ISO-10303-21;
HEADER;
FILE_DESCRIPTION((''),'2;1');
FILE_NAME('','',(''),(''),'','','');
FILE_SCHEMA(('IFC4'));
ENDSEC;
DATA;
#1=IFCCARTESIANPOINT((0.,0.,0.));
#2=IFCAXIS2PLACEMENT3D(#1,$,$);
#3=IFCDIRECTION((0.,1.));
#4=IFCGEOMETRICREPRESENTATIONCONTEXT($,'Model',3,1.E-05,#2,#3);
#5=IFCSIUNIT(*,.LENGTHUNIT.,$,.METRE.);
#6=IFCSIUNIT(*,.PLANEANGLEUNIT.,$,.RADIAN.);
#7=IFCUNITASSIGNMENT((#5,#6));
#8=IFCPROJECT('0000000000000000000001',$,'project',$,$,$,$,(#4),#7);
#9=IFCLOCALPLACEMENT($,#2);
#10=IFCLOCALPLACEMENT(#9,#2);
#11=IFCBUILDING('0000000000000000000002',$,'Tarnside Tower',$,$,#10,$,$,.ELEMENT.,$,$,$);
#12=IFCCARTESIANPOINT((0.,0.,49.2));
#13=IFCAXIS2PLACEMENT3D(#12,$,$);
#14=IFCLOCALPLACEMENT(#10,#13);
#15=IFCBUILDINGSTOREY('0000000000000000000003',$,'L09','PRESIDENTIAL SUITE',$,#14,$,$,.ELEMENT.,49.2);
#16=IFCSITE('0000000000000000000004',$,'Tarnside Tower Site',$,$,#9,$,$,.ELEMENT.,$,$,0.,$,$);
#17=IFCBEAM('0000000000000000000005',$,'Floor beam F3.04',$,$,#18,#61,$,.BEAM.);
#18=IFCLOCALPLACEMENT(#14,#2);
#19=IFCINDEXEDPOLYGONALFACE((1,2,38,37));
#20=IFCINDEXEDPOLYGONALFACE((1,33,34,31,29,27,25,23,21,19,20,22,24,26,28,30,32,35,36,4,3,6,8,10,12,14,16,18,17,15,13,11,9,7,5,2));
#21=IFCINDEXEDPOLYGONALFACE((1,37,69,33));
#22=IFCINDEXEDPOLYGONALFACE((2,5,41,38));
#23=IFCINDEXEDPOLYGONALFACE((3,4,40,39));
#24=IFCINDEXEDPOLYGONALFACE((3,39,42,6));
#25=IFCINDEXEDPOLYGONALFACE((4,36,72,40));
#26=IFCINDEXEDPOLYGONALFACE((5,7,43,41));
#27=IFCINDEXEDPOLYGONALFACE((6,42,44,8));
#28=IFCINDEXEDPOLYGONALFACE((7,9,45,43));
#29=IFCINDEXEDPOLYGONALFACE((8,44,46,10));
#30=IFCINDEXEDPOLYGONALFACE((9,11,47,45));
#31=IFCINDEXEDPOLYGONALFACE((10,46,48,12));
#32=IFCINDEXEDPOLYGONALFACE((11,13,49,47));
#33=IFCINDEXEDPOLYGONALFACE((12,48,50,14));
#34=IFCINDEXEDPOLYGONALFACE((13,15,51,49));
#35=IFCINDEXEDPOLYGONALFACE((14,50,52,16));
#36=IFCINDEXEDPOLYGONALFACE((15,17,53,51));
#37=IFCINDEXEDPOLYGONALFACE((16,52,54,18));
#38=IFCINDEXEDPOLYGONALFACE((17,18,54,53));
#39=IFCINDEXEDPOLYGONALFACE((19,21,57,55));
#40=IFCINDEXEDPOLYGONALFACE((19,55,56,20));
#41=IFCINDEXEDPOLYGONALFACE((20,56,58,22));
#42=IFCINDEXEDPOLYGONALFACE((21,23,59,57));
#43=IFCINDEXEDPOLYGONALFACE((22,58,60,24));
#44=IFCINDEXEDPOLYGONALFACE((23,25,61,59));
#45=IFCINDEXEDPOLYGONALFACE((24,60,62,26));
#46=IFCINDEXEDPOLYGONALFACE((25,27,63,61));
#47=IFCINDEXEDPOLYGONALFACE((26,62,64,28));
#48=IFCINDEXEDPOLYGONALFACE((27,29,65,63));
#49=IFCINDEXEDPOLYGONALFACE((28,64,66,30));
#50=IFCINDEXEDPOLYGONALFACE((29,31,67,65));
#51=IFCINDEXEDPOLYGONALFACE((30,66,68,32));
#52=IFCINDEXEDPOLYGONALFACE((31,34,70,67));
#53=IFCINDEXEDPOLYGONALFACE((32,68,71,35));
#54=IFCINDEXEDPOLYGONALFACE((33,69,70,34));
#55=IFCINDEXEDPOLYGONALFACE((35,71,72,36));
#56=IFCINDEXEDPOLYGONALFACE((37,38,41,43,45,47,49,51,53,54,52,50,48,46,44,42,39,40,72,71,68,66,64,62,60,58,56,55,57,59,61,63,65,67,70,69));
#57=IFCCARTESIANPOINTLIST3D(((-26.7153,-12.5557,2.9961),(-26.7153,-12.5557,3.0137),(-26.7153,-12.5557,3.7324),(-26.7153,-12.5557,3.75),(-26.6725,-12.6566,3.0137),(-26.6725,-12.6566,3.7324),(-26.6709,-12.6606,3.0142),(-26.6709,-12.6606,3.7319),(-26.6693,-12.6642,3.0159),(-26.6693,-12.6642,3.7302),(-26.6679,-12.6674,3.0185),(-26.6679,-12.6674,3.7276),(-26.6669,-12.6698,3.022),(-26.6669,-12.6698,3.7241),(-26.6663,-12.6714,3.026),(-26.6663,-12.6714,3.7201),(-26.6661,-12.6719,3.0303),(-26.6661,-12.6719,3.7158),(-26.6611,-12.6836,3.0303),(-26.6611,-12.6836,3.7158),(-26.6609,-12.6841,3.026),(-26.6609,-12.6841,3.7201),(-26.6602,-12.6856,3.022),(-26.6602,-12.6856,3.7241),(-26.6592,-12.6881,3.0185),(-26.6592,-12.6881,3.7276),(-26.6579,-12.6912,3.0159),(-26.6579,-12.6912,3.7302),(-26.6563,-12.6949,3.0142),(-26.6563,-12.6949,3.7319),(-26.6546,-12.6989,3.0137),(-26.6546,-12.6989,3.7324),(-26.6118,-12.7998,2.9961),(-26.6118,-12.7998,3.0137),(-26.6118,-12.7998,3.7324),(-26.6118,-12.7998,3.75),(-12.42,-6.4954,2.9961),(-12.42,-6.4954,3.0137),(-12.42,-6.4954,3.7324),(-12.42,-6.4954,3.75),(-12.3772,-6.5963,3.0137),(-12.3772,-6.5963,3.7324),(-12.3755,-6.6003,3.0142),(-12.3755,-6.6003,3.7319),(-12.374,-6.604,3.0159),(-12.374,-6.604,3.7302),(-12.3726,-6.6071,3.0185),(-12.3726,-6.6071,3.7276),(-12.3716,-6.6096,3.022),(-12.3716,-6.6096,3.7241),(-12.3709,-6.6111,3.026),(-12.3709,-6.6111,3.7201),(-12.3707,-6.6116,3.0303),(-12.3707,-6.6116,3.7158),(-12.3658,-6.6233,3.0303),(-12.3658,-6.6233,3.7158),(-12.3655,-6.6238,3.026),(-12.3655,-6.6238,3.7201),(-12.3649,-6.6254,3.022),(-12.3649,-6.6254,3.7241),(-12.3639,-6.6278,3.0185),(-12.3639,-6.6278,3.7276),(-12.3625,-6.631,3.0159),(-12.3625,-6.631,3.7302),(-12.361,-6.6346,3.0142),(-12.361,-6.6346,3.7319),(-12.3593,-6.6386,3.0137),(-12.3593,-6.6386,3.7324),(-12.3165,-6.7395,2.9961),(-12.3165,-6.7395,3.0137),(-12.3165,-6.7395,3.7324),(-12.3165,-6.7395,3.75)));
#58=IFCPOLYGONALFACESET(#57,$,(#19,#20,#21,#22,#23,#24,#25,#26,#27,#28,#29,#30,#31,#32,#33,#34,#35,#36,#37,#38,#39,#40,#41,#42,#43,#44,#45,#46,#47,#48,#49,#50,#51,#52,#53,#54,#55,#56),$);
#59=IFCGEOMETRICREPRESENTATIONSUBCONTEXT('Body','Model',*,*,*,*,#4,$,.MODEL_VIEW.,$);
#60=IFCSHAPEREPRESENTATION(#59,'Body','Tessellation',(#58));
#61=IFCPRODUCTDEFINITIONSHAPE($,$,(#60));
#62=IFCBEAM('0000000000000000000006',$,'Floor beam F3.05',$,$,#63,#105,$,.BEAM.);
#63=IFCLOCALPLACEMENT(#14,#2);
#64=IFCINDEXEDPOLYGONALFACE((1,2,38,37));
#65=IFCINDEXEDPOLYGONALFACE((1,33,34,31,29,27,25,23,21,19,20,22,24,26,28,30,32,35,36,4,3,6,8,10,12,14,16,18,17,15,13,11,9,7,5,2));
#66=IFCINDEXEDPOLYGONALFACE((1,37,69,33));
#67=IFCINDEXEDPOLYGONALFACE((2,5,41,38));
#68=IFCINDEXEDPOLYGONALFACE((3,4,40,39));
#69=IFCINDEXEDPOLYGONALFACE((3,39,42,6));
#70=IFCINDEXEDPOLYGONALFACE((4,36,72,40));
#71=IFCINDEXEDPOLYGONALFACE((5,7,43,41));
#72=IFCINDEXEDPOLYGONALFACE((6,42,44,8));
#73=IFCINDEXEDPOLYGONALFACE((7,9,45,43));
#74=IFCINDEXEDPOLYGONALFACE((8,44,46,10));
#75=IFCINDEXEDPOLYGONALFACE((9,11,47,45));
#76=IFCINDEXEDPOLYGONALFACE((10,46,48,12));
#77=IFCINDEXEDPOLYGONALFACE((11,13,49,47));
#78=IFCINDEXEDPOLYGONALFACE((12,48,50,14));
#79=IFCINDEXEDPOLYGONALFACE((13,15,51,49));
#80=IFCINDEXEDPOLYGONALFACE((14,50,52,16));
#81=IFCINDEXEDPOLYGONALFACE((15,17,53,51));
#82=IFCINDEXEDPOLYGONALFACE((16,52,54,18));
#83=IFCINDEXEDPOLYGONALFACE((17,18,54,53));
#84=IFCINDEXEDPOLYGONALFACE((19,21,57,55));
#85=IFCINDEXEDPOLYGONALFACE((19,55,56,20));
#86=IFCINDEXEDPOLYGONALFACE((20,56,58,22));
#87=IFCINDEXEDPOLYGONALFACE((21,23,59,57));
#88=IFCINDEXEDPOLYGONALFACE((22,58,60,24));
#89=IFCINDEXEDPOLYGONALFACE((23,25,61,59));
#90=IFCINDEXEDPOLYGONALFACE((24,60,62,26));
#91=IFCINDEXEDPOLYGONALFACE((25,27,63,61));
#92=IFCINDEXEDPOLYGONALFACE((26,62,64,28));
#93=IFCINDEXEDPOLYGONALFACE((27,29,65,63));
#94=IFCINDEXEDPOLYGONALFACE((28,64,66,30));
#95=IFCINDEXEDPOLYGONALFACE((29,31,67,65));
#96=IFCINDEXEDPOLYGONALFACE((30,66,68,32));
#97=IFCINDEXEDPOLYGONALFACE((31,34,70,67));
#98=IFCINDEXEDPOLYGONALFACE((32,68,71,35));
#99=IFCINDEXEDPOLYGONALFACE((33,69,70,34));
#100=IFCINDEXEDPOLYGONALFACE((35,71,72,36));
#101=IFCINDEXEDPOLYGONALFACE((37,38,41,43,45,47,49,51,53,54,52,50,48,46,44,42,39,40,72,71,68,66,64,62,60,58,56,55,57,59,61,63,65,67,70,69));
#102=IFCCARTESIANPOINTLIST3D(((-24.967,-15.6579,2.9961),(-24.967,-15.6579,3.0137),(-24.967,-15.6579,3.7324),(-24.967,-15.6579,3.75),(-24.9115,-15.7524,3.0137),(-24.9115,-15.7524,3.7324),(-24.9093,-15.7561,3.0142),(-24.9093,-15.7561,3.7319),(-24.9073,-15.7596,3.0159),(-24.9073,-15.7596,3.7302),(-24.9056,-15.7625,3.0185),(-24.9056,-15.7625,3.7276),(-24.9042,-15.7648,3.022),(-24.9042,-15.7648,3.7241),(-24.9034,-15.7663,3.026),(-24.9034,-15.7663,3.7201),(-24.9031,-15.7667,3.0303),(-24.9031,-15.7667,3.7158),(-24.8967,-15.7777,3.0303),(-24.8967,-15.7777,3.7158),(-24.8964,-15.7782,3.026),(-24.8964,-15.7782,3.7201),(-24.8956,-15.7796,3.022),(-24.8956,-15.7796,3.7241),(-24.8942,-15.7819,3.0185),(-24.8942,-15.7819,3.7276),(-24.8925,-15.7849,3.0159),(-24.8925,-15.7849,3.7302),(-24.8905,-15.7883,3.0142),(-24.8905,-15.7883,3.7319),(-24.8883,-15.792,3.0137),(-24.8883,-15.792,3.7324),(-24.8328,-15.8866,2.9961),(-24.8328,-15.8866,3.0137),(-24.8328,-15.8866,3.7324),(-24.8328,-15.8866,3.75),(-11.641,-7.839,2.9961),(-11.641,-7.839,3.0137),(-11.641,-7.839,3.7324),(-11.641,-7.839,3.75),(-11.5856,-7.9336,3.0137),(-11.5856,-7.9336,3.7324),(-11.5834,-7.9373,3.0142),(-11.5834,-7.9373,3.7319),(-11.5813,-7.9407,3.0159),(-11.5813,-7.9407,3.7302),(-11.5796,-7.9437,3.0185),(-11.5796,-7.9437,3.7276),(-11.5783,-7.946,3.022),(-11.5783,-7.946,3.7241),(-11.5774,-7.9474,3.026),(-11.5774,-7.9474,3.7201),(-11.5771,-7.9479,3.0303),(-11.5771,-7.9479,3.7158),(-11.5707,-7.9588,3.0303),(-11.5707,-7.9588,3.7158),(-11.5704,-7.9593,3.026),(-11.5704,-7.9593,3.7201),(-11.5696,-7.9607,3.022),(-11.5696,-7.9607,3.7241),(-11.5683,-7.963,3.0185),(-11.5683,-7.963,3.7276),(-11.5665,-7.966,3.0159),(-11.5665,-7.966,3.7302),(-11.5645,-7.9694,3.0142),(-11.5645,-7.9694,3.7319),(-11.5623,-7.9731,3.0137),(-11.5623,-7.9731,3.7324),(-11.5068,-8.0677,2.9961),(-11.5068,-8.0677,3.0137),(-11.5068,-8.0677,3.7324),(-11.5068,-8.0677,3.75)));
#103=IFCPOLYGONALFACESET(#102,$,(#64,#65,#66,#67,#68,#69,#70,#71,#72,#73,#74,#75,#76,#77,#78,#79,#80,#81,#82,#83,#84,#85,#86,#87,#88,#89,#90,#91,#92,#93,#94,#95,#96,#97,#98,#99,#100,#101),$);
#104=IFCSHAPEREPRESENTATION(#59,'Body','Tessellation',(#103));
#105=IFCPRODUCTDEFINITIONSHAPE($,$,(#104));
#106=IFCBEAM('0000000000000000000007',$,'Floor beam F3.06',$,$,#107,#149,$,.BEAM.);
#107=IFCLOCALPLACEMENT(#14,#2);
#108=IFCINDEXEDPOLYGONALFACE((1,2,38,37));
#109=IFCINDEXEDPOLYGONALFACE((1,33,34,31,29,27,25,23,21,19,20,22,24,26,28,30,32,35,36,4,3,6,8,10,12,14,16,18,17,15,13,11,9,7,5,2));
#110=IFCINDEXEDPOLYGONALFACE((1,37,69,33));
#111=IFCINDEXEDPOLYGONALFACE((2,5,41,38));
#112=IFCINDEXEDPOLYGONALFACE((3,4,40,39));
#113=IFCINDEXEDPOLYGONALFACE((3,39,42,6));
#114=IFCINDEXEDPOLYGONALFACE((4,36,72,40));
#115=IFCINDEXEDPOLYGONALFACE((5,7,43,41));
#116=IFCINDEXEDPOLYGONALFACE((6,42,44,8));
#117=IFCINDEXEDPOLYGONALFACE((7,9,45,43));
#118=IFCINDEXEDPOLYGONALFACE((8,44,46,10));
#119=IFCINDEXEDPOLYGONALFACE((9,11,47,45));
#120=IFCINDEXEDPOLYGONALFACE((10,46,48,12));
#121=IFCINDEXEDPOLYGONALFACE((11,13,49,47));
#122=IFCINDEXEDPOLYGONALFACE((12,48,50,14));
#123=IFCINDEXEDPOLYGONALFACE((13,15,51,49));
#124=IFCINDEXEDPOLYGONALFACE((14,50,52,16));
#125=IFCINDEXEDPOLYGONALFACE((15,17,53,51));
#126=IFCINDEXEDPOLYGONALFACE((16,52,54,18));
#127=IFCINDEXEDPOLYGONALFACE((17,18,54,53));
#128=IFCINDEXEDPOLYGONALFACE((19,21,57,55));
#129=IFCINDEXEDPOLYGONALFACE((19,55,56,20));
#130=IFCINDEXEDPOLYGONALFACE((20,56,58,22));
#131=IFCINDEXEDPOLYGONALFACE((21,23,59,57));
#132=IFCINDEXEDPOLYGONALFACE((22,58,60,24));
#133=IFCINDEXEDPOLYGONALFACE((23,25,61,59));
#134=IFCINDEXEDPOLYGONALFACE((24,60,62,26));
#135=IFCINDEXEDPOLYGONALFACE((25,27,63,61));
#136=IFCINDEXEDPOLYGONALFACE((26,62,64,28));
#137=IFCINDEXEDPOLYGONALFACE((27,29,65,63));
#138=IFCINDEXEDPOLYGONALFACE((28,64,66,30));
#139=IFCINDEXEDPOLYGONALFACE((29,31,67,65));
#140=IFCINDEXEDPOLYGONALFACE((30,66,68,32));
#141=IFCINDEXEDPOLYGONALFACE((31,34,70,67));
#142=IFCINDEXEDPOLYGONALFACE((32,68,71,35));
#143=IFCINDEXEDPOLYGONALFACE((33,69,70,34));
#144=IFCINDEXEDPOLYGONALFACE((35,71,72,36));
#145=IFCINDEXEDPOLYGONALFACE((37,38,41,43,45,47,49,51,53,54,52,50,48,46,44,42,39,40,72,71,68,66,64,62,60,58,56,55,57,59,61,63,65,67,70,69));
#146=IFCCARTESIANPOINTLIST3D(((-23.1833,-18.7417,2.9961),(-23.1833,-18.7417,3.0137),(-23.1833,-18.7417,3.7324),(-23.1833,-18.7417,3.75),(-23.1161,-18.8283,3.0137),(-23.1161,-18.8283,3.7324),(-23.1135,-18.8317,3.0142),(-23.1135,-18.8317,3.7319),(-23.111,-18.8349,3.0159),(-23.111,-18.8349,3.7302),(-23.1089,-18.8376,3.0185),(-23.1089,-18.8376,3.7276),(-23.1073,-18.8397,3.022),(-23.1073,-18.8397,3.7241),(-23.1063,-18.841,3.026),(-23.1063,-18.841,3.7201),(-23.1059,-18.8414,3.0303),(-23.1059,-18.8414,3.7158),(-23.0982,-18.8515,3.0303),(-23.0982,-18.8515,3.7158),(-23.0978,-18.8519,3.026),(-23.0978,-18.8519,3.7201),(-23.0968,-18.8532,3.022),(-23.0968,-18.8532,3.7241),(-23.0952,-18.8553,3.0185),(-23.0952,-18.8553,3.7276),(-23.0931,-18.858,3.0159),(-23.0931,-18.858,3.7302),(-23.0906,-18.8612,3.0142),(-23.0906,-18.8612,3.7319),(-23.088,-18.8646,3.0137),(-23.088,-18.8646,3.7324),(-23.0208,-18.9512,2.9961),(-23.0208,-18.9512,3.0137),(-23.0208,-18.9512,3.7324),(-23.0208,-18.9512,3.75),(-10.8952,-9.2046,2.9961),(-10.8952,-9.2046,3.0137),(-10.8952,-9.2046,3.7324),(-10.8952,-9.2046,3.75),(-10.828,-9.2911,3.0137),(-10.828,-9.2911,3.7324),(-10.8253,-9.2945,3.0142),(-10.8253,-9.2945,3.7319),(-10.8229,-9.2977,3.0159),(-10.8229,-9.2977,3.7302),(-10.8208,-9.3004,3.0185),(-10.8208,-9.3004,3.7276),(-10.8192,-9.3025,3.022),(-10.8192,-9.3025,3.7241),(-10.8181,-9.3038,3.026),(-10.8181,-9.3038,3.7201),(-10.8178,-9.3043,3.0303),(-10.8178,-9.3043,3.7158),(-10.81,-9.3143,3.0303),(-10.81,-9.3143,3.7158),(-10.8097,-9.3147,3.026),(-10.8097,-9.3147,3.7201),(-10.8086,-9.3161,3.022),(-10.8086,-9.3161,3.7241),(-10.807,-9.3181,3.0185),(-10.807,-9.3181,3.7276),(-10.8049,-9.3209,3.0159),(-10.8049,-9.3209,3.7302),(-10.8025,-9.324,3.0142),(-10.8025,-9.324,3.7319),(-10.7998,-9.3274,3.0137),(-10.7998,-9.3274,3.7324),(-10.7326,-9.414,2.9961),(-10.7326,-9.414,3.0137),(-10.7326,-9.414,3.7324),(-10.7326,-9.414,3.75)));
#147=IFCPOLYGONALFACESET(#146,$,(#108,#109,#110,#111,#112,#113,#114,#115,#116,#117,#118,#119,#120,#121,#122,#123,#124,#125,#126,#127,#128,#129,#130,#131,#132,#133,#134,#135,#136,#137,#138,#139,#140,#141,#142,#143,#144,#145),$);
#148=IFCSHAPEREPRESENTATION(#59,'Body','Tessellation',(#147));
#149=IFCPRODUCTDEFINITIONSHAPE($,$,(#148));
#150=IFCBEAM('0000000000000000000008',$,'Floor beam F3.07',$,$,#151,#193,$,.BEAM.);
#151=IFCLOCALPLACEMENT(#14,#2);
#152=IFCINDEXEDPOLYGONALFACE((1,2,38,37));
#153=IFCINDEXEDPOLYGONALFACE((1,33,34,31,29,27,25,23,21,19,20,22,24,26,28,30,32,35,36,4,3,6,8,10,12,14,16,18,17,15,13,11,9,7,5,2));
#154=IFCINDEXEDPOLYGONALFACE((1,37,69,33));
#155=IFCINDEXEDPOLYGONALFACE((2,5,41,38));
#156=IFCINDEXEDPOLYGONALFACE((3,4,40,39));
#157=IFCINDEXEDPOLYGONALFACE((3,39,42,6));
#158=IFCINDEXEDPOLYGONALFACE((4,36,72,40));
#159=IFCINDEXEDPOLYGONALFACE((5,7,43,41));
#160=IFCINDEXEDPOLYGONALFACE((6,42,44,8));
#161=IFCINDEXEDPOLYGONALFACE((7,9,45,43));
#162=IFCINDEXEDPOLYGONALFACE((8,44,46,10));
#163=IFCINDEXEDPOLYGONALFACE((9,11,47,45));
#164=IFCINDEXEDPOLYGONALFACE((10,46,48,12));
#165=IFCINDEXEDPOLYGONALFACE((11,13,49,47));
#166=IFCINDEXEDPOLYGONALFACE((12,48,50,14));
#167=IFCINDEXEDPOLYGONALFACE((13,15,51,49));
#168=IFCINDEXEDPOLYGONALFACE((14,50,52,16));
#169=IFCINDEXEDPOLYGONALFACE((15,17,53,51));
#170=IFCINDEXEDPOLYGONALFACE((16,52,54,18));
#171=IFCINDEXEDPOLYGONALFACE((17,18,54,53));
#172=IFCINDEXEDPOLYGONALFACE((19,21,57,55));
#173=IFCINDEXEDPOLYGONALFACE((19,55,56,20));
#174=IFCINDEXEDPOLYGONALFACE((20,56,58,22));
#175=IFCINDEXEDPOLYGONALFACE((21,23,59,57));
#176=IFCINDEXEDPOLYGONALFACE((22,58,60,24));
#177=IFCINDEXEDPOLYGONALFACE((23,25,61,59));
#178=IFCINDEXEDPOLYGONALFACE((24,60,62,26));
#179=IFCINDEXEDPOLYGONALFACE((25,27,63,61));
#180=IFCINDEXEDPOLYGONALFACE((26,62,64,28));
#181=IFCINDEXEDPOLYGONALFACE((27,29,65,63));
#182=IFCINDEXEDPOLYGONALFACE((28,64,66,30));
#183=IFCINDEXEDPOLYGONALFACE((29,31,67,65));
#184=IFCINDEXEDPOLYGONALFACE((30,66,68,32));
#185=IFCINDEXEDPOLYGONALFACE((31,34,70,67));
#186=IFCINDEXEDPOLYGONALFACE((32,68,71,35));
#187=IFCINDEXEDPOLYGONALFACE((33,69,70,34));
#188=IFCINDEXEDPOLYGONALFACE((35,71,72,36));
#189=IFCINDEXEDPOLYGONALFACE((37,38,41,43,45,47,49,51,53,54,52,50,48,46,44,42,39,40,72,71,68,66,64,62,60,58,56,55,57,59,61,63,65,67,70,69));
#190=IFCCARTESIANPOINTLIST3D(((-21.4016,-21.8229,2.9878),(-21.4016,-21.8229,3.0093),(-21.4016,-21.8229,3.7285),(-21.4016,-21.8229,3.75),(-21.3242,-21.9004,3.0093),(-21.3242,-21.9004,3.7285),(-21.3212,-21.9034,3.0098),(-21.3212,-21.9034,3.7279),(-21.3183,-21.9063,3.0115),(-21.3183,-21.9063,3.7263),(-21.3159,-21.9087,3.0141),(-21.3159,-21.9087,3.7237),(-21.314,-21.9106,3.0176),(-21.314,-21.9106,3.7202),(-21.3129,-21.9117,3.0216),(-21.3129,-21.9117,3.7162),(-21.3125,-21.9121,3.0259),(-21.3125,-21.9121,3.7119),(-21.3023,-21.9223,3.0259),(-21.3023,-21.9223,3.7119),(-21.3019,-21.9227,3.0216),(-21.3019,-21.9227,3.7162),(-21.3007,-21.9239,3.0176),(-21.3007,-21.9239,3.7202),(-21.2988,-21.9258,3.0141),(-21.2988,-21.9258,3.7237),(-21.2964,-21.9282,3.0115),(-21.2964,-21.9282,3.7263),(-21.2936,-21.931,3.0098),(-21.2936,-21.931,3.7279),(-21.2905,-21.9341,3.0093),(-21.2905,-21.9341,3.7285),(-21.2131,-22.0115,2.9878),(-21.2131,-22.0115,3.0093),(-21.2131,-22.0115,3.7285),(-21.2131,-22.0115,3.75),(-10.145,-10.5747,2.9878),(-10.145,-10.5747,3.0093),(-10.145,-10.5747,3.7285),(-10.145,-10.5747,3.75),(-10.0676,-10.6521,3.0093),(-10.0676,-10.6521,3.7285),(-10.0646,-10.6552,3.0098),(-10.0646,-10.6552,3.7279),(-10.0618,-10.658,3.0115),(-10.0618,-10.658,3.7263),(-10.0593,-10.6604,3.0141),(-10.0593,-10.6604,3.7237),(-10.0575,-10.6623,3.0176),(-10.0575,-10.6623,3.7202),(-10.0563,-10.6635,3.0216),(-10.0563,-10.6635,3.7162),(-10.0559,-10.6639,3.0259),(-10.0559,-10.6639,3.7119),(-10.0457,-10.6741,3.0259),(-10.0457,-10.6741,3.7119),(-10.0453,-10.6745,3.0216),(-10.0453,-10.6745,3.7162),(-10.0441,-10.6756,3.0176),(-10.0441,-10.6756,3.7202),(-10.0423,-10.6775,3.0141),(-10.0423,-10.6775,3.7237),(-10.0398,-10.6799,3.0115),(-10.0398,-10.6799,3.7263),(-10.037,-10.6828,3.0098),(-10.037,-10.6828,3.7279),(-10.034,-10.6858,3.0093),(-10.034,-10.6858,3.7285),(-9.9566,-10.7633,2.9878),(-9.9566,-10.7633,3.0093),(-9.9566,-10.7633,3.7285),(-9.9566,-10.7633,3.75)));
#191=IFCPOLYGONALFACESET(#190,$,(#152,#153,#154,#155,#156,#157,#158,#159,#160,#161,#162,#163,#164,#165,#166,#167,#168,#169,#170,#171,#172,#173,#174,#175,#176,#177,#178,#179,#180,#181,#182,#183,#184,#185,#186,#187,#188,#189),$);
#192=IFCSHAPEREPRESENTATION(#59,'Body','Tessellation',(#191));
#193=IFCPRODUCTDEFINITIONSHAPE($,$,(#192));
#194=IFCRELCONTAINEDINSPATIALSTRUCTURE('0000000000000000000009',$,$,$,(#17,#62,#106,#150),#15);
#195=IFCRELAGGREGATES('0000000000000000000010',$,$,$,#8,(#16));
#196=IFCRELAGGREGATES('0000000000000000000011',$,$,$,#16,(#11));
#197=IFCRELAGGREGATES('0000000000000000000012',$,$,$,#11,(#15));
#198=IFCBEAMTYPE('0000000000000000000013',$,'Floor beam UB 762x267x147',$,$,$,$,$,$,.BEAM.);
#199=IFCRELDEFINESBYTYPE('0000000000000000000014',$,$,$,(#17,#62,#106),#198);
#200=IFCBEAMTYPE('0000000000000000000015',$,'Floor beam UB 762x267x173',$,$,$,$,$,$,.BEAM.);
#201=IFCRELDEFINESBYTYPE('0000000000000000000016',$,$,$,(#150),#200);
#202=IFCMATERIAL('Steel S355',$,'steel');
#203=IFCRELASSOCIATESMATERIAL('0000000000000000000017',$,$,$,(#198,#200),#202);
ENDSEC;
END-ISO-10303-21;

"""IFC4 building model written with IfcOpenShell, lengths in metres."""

from ifc_helpers import new_model, si_unit, direction, frame, origin, origin_2d, place, context, subcontext, project, spatial, i_section, extrude, material, material_profile, profile_set, type_object, element, save


model = new_model("IFC4")

# Units and contexts
model_context = context("Model", 3, precision=1e-05, world=origin(), true_north=direction((0.0, 1.0)))
body_context = subcontext(model_context, "Body", "Model", "MODEL_VIEW")
ifc_project = project(units=[si_unit("LENGTHUNIT", "METRE"), si_unit("PLANEANGLEUNIT", "RADIAN")], contexts=[model_context])

# Site, building, storey
site_placement = place(None, origin())
site = spatial("IfcSite", under=ifc_project, at=site_placement, Name="Tarnside Tower Site", CompositionType="ELEMENT", RefElevation=0.0)
building_placement = place(site_placement, origin())
building = spatial("IfcBuilding", under=site, at=building_placement, Name="Tarnside Tower", CompositionType="ELEMENT")
storey_placement = place(building_placement, frame((0.0, 0.0, 49.2)))
storey = spatial("IfcBuildingStorey", under=building, at=storey_placement, Name="L09", Description="PRESIDENTIAL SUITE", CompositionType="ELEMENT", Elevation=49.2)

# Beams
ifc_material_1 = material(Name="Steel S355", Category="steel")
ifc_material_profile_1 = material_profile(ifc_material_1, i_section(OverallWidth=0.2651, OverallDepth=0.7539, WebThickness=0.0127, FlangeThickness=0.0176, FilletRadius=0.0166, at=origin_2d()), Name="UB 762x267x147")
ifc_profile_set_1 = profile_set([ifc_material_profile_1], Name="Steel S355")
beam_type_1 = type_object("IfcBeamType", Name="Floor beam UB 762x267x147", PredefinedType="BEAM", material=ifc_profile_set_1)
beam_1_placement = place(storey_placement, frame((-26.6636, -12.6777, 3.373), z_axis=(0.920684, 0.390309, 0.0), x_axis=(-0.390309, 0.920684, 0.0)))
element("IfcBeam", 1, at=beam_1_placement, inside=storey, type_object=beam_type_1, Name="Floor beam F3.04", PredefinedType="BEAM", context=body_context, shape_type="SweptSolid", body=[
    extrude(i_section(OverallWidth=0.2651, OverallDepth=0.7539, WebThickness=0.0127, FlangeThickness=0.0176, FilletRadius=0.0166, at=origin_2d()), origin(), (0.0, 0.0, 1.0), 15.5269),
])
beam_2_placement = place(storey_placement, frame((-24.8999, -15.7722, 3.373), z_axis=(0.862498, 0.506061, 0.0), x_axis=(-0.506061, 0.862498, 0.0)))
element("IfcBeam", 2, at=beam_2_placement, inside=storey, type_object=beam_type_1, Name="Floor beam F3.05", PredefinedType="BEAM", context=body_context, shape_type="SweptSolid", body=[
    extrude(i_section(OverallWidth=0.2651, OverallDepth=0.7539, WebThickness=0.0127, FlangeThickness=0.0176, FilletRadius=0.0166, at=origin_2d()), origin(), (0.0, 0.0, 1.0), 15.4504),
])
beam_3_placement = place(storey_placement, frame((-23.1021, -18.8464, 3.373), z_axis=(0.789984, 0.613128, 0.0), x_axis=(-0.613128, 0.789984, 0.0)))
element("IfcBeam", 3, at=beam_3_placement, inside=storey, type_object=beam_type_1, Name="Floor beam F3.06", PredefinedType="BEAM", context=body_context, shape_type="SweptSolid", body=[
    extrude(i_section(OverallWidth=0.2651, OverallDepth=0.7539, WebThickness=0.0127, FlangeThickness=0.0176, FilletRadius=0.0166, at=origin_2d()), origin(), (0.0, 0.0, 1.0), 15.5549),
])
ifc_material_profile_2 = material_profile(ifc_material_1, i_section(OverallWidth=0.2666, OverallDepth=0.7622, WebThickness=0.0144, FlangeThickness=0.0215, FilletRadius=0.0166, at=origin_2d()), Name="UB 762x267x173")
ifc_profile_set_2 = profile_set([ifc_material_profile_2], Name="Steel S355")
beam_type_2 = type_object("IfcBeamType", Name="Floor beam UB 762x267x173", PredefinedType="BEAM", material=ifc_profile_set_2)
beam_4_placement = place(storey_placement, frame((-21.3074, -21.9172, 3.3689), z_axis=(0.707368, 0.706846, 0.0), x_axis=(-0.706846, 0.707368, 0.0)))
element("IfcBeam", 4, at=beam_4_placement, inside=storey, type_object=beam_type_2, Name="Floor beam F3.07", PredefinedType="BEAM", context=body_context, shape_type="SweptSolid", body=[
    extrude(i_section(OverallWidth=0.2666, OverallDepth=0.7622, WebThickness=0.0144, FlangeThickness=0.0215, FilletRadius=0.0166, at=origin_2d()), origin(), (0.0, 0.0, 1.0), 15.9133),
])

save(model, "model.ifc")
